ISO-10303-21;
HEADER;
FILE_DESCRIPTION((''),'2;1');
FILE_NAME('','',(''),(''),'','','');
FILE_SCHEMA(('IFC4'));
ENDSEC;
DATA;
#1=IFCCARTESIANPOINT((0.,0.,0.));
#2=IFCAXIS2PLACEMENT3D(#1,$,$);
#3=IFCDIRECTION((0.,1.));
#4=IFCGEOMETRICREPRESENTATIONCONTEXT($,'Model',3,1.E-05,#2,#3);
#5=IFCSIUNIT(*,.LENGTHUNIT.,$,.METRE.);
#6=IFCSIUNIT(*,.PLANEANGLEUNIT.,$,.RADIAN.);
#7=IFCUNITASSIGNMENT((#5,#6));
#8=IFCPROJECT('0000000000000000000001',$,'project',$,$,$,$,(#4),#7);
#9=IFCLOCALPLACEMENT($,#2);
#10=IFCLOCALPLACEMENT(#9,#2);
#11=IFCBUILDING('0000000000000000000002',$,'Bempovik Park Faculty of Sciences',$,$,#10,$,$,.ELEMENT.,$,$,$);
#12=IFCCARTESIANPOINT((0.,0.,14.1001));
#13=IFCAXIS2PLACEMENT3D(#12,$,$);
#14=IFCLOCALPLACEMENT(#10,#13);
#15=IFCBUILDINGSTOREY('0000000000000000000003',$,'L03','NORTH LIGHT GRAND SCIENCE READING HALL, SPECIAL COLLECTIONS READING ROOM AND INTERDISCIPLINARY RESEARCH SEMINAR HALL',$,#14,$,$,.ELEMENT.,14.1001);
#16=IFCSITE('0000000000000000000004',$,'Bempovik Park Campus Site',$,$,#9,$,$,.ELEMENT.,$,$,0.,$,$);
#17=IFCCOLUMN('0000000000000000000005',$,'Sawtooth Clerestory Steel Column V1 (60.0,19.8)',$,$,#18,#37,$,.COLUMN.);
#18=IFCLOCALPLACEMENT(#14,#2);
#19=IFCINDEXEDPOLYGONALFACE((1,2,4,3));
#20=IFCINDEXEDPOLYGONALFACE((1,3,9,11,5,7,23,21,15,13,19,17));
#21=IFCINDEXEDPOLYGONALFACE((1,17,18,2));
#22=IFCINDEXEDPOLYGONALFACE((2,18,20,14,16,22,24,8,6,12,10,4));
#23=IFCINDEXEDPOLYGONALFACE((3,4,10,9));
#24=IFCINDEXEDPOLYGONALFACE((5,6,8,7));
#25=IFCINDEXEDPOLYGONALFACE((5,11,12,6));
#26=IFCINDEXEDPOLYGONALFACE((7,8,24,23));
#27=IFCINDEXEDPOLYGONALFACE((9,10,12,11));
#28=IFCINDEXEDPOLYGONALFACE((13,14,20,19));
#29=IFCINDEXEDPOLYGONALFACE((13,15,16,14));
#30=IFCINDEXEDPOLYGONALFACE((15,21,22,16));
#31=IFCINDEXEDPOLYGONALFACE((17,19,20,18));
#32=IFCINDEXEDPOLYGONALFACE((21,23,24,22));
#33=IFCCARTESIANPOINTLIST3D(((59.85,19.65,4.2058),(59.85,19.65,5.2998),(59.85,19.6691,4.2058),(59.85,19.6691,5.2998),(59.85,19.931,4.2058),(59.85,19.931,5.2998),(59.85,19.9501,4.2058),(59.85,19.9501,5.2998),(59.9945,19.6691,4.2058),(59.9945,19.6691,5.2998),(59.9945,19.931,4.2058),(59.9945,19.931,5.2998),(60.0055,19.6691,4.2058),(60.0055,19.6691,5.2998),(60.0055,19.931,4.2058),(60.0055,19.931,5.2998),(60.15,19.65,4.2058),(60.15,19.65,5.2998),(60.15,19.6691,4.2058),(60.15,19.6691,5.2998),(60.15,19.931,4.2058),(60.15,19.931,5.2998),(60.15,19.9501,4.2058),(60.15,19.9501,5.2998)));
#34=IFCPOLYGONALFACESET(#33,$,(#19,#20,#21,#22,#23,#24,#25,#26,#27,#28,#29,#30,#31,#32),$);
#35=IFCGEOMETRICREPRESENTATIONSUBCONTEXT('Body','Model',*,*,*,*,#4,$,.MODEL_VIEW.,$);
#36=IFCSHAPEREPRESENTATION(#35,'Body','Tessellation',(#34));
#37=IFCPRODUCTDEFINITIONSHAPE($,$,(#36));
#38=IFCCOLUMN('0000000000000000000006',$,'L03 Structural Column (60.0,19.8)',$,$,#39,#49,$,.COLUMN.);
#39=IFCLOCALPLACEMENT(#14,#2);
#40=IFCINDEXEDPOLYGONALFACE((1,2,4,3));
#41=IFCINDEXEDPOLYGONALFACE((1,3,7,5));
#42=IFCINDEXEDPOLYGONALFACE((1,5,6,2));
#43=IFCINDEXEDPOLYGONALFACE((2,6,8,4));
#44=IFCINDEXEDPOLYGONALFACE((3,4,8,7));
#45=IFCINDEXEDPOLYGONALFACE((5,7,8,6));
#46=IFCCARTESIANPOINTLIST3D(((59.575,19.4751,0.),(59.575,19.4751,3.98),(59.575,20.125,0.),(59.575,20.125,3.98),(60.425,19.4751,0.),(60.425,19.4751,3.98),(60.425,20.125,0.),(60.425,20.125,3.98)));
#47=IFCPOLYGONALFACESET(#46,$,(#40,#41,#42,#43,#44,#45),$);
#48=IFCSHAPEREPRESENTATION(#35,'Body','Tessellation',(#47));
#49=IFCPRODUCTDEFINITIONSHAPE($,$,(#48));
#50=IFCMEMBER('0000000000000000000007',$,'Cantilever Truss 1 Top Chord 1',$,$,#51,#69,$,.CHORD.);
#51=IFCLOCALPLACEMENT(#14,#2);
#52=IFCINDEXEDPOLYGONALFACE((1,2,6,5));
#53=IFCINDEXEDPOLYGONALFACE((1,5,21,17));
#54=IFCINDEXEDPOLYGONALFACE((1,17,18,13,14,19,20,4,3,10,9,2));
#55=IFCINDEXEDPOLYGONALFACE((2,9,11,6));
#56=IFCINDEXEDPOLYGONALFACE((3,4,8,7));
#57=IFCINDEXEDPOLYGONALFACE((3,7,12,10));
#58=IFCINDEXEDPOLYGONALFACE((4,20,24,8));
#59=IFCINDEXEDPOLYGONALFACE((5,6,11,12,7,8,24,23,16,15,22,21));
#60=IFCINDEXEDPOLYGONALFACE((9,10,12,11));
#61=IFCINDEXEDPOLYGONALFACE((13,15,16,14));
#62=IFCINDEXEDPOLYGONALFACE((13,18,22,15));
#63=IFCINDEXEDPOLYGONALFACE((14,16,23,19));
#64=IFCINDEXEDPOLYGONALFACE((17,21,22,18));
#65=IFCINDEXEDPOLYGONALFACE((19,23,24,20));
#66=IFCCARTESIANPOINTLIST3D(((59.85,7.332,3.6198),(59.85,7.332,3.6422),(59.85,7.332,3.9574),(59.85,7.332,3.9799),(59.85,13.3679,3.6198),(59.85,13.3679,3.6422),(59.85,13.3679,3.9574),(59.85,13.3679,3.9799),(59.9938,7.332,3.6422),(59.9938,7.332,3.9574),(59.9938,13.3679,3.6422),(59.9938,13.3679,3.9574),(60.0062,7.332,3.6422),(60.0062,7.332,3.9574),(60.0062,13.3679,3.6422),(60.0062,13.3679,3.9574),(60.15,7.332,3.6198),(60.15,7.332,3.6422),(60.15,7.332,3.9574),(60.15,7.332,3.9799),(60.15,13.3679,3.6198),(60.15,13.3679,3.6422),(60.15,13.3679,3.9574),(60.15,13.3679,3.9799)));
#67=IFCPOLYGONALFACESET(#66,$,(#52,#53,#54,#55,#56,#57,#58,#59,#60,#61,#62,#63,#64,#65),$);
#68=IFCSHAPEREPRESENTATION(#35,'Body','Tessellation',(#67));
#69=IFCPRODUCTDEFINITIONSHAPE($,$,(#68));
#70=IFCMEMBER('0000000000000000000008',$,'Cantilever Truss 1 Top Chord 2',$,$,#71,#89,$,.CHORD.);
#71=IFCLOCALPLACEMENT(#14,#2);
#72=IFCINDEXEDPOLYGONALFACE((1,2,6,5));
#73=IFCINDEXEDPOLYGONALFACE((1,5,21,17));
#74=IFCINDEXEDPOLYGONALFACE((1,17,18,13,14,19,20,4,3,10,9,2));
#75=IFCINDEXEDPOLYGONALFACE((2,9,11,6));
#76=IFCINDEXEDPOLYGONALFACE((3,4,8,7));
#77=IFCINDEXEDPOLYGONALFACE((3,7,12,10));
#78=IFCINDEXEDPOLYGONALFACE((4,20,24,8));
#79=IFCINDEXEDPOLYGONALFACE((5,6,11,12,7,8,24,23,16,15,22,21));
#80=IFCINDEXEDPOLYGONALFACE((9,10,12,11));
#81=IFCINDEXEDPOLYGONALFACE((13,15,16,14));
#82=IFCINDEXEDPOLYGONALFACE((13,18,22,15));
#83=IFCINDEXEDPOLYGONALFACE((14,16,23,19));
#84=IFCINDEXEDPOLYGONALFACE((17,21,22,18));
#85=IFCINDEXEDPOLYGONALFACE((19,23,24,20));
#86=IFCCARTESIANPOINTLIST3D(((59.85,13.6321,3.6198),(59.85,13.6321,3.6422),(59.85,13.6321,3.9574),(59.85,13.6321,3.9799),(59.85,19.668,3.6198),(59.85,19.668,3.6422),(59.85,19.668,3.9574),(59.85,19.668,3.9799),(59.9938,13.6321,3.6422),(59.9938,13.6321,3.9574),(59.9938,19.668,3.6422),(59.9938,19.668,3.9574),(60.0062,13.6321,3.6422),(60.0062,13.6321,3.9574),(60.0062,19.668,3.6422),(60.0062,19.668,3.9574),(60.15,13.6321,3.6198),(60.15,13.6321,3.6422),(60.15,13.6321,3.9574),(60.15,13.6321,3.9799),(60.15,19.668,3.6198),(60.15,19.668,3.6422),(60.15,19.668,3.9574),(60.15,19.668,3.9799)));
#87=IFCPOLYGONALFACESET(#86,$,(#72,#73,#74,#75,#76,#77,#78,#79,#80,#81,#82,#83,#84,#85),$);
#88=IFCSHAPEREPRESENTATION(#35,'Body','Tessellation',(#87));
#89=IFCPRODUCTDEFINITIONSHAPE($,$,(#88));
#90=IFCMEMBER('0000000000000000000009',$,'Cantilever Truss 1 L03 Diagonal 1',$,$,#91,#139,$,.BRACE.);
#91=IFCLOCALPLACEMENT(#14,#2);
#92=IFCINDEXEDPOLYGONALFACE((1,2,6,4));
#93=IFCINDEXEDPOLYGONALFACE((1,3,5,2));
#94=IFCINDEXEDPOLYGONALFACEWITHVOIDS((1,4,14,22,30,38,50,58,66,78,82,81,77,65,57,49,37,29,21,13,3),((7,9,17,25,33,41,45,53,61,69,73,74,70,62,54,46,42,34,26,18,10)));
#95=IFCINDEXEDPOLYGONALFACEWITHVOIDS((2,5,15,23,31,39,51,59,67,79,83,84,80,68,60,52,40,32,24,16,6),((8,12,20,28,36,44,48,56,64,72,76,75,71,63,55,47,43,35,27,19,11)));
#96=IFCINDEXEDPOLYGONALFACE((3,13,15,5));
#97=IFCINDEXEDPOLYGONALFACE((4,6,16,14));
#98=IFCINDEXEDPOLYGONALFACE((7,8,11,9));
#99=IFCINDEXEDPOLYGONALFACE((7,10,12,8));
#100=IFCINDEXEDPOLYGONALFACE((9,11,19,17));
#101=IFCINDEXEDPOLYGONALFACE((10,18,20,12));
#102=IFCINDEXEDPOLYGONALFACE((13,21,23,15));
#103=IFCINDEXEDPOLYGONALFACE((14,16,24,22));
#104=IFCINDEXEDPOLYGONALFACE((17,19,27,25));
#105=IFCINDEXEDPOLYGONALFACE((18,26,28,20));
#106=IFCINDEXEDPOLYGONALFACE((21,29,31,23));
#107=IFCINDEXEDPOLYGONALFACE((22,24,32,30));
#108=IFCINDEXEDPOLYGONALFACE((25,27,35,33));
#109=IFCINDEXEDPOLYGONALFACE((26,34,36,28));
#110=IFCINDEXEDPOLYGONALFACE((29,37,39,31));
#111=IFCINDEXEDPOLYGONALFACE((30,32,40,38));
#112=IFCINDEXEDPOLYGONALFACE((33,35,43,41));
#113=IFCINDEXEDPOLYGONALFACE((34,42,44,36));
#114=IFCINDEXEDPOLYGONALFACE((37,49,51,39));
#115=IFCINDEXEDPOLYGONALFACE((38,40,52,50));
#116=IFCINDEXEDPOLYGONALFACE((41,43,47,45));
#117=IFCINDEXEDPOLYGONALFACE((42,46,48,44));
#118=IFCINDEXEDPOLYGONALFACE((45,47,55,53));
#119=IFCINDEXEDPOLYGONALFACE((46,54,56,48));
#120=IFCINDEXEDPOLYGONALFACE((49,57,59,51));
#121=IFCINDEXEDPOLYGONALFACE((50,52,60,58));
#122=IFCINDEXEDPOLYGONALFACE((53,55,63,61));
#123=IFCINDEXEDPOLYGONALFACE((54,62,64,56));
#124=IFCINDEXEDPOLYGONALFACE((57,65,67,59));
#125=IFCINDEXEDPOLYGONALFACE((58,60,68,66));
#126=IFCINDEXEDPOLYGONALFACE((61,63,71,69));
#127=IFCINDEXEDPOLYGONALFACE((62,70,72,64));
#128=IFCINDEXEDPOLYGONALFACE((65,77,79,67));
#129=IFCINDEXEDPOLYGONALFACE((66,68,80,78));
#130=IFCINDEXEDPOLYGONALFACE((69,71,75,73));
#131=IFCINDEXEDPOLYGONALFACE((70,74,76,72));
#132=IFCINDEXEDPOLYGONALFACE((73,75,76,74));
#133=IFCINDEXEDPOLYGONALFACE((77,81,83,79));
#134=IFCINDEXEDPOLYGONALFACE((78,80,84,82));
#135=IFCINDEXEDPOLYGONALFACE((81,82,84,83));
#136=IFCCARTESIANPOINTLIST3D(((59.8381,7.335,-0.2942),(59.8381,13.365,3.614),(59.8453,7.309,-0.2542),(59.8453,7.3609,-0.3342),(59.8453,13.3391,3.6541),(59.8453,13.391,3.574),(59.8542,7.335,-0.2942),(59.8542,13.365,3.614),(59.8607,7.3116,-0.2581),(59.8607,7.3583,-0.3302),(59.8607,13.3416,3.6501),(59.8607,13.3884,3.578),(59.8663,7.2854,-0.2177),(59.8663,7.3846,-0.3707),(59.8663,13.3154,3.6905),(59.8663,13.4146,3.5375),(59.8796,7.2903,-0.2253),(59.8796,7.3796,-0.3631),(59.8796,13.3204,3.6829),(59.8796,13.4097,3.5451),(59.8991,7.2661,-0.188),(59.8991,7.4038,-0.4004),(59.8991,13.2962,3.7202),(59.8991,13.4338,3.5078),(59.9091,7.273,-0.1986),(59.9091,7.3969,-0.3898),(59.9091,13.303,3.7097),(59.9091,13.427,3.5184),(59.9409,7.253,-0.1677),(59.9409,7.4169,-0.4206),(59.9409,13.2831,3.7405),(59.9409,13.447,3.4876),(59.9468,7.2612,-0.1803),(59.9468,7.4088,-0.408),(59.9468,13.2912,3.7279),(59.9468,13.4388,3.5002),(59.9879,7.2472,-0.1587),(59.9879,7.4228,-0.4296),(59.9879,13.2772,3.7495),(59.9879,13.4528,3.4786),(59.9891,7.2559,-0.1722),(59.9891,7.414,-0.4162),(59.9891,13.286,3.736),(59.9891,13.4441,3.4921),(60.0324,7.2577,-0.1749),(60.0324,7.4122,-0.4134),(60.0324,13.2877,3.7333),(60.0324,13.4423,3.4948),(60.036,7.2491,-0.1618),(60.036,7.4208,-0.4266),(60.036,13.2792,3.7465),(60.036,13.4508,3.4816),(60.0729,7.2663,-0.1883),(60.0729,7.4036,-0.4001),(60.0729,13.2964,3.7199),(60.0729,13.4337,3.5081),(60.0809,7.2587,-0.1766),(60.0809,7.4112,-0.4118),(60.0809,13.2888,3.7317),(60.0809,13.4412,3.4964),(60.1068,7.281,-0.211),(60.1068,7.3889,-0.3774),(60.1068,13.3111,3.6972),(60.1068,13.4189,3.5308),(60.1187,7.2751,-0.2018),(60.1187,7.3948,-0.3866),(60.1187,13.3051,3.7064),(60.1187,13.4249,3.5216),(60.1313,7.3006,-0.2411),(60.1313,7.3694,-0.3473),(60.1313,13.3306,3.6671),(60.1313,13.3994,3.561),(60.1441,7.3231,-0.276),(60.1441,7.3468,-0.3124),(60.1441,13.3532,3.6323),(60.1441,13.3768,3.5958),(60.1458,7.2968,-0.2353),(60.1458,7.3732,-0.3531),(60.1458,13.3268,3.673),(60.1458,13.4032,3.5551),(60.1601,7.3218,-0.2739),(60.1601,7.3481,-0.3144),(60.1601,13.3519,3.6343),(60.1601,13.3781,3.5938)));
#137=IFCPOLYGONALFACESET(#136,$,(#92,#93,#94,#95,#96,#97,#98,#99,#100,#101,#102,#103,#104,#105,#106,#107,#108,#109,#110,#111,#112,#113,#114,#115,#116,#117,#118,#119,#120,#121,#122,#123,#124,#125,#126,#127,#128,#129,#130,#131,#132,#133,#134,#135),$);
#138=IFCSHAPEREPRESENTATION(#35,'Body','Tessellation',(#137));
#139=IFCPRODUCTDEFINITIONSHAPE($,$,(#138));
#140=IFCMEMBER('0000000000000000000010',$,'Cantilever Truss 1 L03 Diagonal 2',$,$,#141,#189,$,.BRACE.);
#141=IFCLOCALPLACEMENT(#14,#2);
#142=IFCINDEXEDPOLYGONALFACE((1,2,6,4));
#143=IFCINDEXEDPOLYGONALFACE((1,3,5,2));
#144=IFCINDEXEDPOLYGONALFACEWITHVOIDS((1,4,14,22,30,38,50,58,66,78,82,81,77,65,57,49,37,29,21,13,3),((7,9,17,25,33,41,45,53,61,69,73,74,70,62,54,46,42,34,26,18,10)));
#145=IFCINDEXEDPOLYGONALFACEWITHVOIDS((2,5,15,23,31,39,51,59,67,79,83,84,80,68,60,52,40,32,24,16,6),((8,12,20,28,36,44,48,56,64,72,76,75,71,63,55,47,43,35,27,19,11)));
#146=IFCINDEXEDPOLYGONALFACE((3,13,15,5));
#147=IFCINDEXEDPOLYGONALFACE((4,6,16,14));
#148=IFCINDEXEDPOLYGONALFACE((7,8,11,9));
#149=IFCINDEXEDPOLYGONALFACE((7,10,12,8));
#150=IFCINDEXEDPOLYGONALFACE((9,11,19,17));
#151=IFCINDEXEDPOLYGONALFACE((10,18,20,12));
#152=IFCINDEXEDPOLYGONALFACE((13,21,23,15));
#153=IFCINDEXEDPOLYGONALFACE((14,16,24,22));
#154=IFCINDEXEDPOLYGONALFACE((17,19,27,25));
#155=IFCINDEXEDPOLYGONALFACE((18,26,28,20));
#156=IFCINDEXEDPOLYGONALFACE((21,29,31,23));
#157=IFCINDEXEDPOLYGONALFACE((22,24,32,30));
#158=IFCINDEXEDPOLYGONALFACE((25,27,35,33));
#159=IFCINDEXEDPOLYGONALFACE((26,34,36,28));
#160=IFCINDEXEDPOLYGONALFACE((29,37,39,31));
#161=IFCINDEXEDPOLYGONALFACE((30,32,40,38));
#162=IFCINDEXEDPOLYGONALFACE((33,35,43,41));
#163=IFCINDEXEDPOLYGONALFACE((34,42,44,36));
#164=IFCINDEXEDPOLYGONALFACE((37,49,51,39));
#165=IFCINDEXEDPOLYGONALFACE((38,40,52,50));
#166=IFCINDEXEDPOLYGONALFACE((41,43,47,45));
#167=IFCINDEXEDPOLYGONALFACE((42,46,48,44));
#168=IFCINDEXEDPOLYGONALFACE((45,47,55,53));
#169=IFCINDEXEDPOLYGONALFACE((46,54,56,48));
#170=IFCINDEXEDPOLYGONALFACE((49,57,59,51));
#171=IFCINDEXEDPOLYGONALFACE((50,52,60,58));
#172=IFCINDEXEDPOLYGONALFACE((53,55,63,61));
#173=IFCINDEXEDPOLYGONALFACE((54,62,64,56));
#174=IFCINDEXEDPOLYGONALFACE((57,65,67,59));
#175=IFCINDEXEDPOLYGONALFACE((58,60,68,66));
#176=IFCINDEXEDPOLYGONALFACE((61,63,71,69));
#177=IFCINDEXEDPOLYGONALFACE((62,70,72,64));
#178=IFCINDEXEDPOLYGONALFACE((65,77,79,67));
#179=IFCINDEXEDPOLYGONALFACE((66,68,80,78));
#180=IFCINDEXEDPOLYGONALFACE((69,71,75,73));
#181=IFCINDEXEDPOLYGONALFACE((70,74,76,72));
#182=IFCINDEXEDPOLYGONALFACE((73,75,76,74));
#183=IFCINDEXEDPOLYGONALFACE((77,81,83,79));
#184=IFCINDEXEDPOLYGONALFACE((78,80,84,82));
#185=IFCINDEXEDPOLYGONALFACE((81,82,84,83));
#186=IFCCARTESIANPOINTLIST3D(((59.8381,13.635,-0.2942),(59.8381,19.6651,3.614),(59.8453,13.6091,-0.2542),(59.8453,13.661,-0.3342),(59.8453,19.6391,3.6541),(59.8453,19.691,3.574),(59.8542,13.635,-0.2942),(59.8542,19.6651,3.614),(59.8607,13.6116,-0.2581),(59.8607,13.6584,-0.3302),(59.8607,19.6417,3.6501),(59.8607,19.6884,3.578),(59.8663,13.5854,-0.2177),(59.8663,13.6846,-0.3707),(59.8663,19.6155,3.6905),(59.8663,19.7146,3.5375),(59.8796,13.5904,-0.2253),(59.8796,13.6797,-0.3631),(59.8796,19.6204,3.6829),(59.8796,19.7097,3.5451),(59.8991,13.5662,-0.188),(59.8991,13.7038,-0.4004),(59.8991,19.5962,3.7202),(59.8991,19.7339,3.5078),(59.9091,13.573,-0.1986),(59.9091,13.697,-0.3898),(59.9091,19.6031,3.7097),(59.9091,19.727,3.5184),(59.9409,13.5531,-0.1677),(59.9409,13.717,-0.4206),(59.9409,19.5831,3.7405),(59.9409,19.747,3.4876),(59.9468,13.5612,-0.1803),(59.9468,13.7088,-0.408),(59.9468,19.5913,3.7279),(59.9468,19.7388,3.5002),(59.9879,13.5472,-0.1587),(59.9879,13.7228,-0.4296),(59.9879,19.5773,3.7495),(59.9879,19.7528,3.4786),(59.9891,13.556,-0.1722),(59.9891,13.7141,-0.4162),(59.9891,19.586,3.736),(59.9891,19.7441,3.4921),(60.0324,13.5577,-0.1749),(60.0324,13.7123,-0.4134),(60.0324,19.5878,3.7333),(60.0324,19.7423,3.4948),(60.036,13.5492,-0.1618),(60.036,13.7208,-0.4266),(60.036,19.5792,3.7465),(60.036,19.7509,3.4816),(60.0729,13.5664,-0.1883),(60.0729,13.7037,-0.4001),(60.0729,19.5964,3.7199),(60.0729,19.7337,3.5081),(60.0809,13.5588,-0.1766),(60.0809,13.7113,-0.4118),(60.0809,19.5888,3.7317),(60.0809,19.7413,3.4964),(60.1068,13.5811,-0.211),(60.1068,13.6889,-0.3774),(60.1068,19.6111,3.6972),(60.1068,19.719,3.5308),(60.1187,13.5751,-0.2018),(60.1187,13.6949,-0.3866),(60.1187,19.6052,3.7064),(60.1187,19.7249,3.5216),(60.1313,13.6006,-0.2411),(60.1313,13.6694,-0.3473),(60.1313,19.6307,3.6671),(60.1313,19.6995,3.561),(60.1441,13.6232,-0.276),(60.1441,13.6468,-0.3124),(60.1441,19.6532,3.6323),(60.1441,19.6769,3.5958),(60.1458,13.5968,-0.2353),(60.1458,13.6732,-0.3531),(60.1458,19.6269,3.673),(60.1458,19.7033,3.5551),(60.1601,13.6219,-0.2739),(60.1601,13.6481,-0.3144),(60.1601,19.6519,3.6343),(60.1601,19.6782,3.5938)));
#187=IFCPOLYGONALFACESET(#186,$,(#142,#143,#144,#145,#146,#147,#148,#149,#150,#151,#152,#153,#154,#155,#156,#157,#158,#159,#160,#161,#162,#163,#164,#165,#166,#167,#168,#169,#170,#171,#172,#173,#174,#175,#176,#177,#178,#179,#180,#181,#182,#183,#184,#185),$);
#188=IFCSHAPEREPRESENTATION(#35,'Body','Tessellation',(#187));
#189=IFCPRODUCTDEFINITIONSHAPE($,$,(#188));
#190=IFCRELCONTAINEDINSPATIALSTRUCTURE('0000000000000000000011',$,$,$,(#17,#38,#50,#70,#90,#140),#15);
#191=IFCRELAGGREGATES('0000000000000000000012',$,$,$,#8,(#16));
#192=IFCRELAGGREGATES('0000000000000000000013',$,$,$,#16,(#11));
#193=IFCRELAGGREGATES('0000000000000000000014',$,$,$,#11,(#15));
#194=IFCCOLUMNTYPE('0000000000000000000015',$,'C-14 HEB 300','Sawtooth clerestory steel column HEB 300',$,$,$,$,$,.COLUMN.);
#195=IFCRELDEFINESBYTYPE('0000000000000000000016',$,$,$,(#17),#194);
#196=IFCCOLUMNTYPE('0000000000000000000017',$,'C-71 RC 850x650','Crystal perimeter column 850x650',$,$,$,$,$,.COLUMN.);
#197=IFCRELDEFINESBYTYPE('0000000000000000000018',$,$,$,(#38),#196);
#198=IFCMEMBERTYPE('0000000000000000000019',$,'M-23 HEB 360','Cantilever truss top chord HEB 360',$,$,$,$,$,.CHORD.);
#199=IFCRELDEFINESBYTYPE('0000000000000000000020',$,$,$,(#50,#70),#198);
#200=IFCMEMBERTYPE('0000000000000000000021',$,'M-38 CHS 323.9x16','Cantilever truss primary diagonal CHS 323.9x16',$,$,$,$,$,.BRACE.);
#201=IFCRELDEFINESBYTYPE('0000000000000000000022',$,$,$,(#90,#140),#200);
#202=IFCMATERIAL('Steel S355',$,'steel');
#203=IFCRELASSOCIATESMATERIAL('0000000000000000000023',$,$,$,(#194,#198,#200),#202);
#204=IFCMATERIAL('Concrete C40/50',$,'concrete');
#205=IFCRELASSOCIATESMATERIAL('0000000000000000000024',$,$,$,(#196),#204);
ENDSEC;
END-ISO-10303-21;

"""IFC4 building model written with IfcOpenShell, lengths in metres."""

from ifc_helpers import new_model, si_unit, direction, frame, origin, origin_2d, place, context, subcontext, project, spatial, rectangle, hollow_circle, i_section, extrude, material, material_profile, profile_set, type_object, element, save


model = new_model("IFC4")

# Units and contexts
model_context = context("Model", 3, precision=1e-05, world=origin(), true_north=direction((0.0, 1.0)))
body_context = subcontext(model_context, "Body", "Model", "MODEL_VIEW")
ifc_project = project(units=[si_unit("LENGTHUNIT", "METRE"), si_unit("PLANEANGLEUNIT", "RADIAN")], contexts=[model_context])

# Site, building, storey
site_placement = place(None, origin())
site = spatial("IfcSite", under=ifc_project, at=site_placement, Name="Bempovik Park Campus Site", CompositionType="ELEMENT", RefElevation=0.0)
building_placement = place(site_placement, origin())
building = spatial("IfcBuilding", under=site, at=building_placement, Name="Bempovik Park Faculty of Sciences", CompositionType="ELEMENT")
storey_placement = place(building_placement, frame((0.0, 0.0, 14.1001)))
storey = spatial("IfcBuildingStorey", under=building, at=storey_placement, Name="L03", Description="NORTH LIGHT GRAND SCIENCE READING HALL, SPECIAL COLLECTIONS READING ROOM AND INTERDISCIPLINARY RESEARCH SEMINAR HALL", CompositionType="ELEMENT", Elevation=14.1001)

# Columns
ifc_material_1 = material(Name="Steel S355", Category="steel")
ifc_material_profile_1 = material_profile(ifc_material_1, i_section(OverallWidth=0.3, OverallDepth=0.3, WebThickness=0.011, FlangeThickness=0.019, at=origin_2d()), Name="HEB 300")
ifc_profile_set_1 = profile_set([ifc_material_profile_1], Name="Steel S355")
column_type_1 = type_object("IfcColumnType", Name="C-14 HEB 300", Description="Sawtooth clerestory steel column HEB 300", PredefinedType="COLUMN", material=ifc_profile_set_1)
column_1_placement = place(storey_placement, frame((60.0, 19.8, 4.2058), z_axis=(0.0, 0.0, 1.0), x_axis=(1.0, 0.0, 0.0)))
element("IfcColumn", 1, at=column_1_placement, inside=storey, type_object=column_type_1, Name="Sawtooth Clerestory Steel Column V1 (60.0,19.8)", PredefinedType="COLUMN", context=body_context, shape_type="SweptSolid", body=[
    extrude(i_section(OverallWidth=0.3, OverallDepth=0.3, WebThickness=0.011, FlangeThickness=0.019, at=origin_2d()), origin(), (0.0, 0.0, 1.0), 1.094),
])
ifc_material_2 = material(Name="Concrete C40/50", Category="concrete")
ifc_material_profile_2 = material_profile(ifc_material_2, rectangle(XDim=0.8501, YDim=0.6499, at=origin_2d()), Name="RC 850x650")
ifc_profile_set_2 = profile_set([ifc_material_profile_2], Name="Concrete C40/50")
column_type_2 = type_object("IfcColumnType", Name="C-71 RC 850x650", Description="Crystal perimeter column 850x650", PredefinedType="COLUMN", material=ifc_profile_set_2)
column_2_placement = place(storey_placement, frame((60.0, 19.8, 0.0), z_axis=(0.0, 0.0, 1.0), x_axis=(1.0, 0.0, 0.0)))
element("IfcColumn", 2, at=column_2_placement, inside=storey, type_object=column_type_2, Name="L03 Structural Column (60.0,19.8)", PredefinedType="COLUMN", context=body_context, shape_type="SweptSolid", body=[
    extrude(rectangle(XDim=0.8501, YDim=0.6499, at=origin_2d()), origin(), (0.0, 0.0, 1.0), 3.98),
])

# Members
ifc_material_profile_3 = material_profile(ifc_material_1, i_section(OverallWidth=0.3, OverallDepth=0.3601, WebThickness=0.0125, FlangeThickness=0.0225, at=origin_2d()), Name="HEB 360")
ifc_profile_set_3 = profile_set([ifc_material_profile_3], Name="Steel S355")
member_type_1 = type_object("IfcMemberType", Name="M-23 HEB 360", Description="Cantilever truss top chord HEB 360", PredefinedType="CHORD", material=ifc_profile_set_3)
for number, where, z_axis, x_axis, name in (
    (3, (60.0, 7.332, 3.7998), (0.0, 1.0, 0.0), (-1.0, 0.0, 0.0), "Cantilever Truss 1 Top Chord 1"),
    (4, (60.0, 13.6321, 3.7998), (0.0, 1.0, 0.0), (-1.0, 0.0, 0.0), "Cantilever Truss 1 Top Chord 2"),
):
    element("IfcMember", number, at=place(storey_placement, frame(where, z_axis=z_axis, x_axis=x_axis)), inside=storey, type_object=member_type_1, Name=name, PredefinedType="CHORD", context=body_context, shape_type="SweptSolid", body=[
        extrude(i_section(OverallWidth=0.3, OverallDepth=0.3601, WebThickness=0.0125, FlangeThickness=0.0225, at=origin_2d()), origin(), (0.0, 0.0, 1.0), 6.0359),
    ])
ifc_material_profile_4 = material_profile(ifc_material_1, hollow_circle(Radius=0.1619, WallThickness=0.0161, at=origin_2d()), Name="CHS 323.9x16")
ifc_profile_set_4 = profile_set([ifc_material_profile_4], Name="Steel S355")
member_type_2 = type_object("IfcMemberType", Name="M-38 CHS 323.9x16", Description="Cantilever truss primary diagonal CHS 323.9x16", PredefinedType="BRACE", material=ifc_profile_set_4)
for number, where, z_axis, x_axis, name in (
    (5, (60.0, 7.335, -0.2942), (0.0, 0.839162, 0.543881), (-1.0, 0.0, 0.0), "Cantilever Truss 1 L03 Diagonal 1"),
    (6, (60.0, 13.635, -0.2942), (0.0, 0.839162, 0.543881), (-1.0, 0.0, 0.0), "Cantilever Truss 1 L03 Diagonal 2"),
):
    element("IfcMember", number, at=place(storey_placement, frame(where, z_axis=z_axis, x_axis=x_axis)), inside=storey, type_object=member_type_2, Name=name, PredefinedType="BRACE", context=body_context, shape_type="SweptSolid", body=[
        extrude(hollow_circle(Radius=0.1619, WallThickness=0.0161, at=origin_2d()), origin(), (0.0, 0.0, 1.0), 7.1858),
    ])

save(model, "model.ifc")
